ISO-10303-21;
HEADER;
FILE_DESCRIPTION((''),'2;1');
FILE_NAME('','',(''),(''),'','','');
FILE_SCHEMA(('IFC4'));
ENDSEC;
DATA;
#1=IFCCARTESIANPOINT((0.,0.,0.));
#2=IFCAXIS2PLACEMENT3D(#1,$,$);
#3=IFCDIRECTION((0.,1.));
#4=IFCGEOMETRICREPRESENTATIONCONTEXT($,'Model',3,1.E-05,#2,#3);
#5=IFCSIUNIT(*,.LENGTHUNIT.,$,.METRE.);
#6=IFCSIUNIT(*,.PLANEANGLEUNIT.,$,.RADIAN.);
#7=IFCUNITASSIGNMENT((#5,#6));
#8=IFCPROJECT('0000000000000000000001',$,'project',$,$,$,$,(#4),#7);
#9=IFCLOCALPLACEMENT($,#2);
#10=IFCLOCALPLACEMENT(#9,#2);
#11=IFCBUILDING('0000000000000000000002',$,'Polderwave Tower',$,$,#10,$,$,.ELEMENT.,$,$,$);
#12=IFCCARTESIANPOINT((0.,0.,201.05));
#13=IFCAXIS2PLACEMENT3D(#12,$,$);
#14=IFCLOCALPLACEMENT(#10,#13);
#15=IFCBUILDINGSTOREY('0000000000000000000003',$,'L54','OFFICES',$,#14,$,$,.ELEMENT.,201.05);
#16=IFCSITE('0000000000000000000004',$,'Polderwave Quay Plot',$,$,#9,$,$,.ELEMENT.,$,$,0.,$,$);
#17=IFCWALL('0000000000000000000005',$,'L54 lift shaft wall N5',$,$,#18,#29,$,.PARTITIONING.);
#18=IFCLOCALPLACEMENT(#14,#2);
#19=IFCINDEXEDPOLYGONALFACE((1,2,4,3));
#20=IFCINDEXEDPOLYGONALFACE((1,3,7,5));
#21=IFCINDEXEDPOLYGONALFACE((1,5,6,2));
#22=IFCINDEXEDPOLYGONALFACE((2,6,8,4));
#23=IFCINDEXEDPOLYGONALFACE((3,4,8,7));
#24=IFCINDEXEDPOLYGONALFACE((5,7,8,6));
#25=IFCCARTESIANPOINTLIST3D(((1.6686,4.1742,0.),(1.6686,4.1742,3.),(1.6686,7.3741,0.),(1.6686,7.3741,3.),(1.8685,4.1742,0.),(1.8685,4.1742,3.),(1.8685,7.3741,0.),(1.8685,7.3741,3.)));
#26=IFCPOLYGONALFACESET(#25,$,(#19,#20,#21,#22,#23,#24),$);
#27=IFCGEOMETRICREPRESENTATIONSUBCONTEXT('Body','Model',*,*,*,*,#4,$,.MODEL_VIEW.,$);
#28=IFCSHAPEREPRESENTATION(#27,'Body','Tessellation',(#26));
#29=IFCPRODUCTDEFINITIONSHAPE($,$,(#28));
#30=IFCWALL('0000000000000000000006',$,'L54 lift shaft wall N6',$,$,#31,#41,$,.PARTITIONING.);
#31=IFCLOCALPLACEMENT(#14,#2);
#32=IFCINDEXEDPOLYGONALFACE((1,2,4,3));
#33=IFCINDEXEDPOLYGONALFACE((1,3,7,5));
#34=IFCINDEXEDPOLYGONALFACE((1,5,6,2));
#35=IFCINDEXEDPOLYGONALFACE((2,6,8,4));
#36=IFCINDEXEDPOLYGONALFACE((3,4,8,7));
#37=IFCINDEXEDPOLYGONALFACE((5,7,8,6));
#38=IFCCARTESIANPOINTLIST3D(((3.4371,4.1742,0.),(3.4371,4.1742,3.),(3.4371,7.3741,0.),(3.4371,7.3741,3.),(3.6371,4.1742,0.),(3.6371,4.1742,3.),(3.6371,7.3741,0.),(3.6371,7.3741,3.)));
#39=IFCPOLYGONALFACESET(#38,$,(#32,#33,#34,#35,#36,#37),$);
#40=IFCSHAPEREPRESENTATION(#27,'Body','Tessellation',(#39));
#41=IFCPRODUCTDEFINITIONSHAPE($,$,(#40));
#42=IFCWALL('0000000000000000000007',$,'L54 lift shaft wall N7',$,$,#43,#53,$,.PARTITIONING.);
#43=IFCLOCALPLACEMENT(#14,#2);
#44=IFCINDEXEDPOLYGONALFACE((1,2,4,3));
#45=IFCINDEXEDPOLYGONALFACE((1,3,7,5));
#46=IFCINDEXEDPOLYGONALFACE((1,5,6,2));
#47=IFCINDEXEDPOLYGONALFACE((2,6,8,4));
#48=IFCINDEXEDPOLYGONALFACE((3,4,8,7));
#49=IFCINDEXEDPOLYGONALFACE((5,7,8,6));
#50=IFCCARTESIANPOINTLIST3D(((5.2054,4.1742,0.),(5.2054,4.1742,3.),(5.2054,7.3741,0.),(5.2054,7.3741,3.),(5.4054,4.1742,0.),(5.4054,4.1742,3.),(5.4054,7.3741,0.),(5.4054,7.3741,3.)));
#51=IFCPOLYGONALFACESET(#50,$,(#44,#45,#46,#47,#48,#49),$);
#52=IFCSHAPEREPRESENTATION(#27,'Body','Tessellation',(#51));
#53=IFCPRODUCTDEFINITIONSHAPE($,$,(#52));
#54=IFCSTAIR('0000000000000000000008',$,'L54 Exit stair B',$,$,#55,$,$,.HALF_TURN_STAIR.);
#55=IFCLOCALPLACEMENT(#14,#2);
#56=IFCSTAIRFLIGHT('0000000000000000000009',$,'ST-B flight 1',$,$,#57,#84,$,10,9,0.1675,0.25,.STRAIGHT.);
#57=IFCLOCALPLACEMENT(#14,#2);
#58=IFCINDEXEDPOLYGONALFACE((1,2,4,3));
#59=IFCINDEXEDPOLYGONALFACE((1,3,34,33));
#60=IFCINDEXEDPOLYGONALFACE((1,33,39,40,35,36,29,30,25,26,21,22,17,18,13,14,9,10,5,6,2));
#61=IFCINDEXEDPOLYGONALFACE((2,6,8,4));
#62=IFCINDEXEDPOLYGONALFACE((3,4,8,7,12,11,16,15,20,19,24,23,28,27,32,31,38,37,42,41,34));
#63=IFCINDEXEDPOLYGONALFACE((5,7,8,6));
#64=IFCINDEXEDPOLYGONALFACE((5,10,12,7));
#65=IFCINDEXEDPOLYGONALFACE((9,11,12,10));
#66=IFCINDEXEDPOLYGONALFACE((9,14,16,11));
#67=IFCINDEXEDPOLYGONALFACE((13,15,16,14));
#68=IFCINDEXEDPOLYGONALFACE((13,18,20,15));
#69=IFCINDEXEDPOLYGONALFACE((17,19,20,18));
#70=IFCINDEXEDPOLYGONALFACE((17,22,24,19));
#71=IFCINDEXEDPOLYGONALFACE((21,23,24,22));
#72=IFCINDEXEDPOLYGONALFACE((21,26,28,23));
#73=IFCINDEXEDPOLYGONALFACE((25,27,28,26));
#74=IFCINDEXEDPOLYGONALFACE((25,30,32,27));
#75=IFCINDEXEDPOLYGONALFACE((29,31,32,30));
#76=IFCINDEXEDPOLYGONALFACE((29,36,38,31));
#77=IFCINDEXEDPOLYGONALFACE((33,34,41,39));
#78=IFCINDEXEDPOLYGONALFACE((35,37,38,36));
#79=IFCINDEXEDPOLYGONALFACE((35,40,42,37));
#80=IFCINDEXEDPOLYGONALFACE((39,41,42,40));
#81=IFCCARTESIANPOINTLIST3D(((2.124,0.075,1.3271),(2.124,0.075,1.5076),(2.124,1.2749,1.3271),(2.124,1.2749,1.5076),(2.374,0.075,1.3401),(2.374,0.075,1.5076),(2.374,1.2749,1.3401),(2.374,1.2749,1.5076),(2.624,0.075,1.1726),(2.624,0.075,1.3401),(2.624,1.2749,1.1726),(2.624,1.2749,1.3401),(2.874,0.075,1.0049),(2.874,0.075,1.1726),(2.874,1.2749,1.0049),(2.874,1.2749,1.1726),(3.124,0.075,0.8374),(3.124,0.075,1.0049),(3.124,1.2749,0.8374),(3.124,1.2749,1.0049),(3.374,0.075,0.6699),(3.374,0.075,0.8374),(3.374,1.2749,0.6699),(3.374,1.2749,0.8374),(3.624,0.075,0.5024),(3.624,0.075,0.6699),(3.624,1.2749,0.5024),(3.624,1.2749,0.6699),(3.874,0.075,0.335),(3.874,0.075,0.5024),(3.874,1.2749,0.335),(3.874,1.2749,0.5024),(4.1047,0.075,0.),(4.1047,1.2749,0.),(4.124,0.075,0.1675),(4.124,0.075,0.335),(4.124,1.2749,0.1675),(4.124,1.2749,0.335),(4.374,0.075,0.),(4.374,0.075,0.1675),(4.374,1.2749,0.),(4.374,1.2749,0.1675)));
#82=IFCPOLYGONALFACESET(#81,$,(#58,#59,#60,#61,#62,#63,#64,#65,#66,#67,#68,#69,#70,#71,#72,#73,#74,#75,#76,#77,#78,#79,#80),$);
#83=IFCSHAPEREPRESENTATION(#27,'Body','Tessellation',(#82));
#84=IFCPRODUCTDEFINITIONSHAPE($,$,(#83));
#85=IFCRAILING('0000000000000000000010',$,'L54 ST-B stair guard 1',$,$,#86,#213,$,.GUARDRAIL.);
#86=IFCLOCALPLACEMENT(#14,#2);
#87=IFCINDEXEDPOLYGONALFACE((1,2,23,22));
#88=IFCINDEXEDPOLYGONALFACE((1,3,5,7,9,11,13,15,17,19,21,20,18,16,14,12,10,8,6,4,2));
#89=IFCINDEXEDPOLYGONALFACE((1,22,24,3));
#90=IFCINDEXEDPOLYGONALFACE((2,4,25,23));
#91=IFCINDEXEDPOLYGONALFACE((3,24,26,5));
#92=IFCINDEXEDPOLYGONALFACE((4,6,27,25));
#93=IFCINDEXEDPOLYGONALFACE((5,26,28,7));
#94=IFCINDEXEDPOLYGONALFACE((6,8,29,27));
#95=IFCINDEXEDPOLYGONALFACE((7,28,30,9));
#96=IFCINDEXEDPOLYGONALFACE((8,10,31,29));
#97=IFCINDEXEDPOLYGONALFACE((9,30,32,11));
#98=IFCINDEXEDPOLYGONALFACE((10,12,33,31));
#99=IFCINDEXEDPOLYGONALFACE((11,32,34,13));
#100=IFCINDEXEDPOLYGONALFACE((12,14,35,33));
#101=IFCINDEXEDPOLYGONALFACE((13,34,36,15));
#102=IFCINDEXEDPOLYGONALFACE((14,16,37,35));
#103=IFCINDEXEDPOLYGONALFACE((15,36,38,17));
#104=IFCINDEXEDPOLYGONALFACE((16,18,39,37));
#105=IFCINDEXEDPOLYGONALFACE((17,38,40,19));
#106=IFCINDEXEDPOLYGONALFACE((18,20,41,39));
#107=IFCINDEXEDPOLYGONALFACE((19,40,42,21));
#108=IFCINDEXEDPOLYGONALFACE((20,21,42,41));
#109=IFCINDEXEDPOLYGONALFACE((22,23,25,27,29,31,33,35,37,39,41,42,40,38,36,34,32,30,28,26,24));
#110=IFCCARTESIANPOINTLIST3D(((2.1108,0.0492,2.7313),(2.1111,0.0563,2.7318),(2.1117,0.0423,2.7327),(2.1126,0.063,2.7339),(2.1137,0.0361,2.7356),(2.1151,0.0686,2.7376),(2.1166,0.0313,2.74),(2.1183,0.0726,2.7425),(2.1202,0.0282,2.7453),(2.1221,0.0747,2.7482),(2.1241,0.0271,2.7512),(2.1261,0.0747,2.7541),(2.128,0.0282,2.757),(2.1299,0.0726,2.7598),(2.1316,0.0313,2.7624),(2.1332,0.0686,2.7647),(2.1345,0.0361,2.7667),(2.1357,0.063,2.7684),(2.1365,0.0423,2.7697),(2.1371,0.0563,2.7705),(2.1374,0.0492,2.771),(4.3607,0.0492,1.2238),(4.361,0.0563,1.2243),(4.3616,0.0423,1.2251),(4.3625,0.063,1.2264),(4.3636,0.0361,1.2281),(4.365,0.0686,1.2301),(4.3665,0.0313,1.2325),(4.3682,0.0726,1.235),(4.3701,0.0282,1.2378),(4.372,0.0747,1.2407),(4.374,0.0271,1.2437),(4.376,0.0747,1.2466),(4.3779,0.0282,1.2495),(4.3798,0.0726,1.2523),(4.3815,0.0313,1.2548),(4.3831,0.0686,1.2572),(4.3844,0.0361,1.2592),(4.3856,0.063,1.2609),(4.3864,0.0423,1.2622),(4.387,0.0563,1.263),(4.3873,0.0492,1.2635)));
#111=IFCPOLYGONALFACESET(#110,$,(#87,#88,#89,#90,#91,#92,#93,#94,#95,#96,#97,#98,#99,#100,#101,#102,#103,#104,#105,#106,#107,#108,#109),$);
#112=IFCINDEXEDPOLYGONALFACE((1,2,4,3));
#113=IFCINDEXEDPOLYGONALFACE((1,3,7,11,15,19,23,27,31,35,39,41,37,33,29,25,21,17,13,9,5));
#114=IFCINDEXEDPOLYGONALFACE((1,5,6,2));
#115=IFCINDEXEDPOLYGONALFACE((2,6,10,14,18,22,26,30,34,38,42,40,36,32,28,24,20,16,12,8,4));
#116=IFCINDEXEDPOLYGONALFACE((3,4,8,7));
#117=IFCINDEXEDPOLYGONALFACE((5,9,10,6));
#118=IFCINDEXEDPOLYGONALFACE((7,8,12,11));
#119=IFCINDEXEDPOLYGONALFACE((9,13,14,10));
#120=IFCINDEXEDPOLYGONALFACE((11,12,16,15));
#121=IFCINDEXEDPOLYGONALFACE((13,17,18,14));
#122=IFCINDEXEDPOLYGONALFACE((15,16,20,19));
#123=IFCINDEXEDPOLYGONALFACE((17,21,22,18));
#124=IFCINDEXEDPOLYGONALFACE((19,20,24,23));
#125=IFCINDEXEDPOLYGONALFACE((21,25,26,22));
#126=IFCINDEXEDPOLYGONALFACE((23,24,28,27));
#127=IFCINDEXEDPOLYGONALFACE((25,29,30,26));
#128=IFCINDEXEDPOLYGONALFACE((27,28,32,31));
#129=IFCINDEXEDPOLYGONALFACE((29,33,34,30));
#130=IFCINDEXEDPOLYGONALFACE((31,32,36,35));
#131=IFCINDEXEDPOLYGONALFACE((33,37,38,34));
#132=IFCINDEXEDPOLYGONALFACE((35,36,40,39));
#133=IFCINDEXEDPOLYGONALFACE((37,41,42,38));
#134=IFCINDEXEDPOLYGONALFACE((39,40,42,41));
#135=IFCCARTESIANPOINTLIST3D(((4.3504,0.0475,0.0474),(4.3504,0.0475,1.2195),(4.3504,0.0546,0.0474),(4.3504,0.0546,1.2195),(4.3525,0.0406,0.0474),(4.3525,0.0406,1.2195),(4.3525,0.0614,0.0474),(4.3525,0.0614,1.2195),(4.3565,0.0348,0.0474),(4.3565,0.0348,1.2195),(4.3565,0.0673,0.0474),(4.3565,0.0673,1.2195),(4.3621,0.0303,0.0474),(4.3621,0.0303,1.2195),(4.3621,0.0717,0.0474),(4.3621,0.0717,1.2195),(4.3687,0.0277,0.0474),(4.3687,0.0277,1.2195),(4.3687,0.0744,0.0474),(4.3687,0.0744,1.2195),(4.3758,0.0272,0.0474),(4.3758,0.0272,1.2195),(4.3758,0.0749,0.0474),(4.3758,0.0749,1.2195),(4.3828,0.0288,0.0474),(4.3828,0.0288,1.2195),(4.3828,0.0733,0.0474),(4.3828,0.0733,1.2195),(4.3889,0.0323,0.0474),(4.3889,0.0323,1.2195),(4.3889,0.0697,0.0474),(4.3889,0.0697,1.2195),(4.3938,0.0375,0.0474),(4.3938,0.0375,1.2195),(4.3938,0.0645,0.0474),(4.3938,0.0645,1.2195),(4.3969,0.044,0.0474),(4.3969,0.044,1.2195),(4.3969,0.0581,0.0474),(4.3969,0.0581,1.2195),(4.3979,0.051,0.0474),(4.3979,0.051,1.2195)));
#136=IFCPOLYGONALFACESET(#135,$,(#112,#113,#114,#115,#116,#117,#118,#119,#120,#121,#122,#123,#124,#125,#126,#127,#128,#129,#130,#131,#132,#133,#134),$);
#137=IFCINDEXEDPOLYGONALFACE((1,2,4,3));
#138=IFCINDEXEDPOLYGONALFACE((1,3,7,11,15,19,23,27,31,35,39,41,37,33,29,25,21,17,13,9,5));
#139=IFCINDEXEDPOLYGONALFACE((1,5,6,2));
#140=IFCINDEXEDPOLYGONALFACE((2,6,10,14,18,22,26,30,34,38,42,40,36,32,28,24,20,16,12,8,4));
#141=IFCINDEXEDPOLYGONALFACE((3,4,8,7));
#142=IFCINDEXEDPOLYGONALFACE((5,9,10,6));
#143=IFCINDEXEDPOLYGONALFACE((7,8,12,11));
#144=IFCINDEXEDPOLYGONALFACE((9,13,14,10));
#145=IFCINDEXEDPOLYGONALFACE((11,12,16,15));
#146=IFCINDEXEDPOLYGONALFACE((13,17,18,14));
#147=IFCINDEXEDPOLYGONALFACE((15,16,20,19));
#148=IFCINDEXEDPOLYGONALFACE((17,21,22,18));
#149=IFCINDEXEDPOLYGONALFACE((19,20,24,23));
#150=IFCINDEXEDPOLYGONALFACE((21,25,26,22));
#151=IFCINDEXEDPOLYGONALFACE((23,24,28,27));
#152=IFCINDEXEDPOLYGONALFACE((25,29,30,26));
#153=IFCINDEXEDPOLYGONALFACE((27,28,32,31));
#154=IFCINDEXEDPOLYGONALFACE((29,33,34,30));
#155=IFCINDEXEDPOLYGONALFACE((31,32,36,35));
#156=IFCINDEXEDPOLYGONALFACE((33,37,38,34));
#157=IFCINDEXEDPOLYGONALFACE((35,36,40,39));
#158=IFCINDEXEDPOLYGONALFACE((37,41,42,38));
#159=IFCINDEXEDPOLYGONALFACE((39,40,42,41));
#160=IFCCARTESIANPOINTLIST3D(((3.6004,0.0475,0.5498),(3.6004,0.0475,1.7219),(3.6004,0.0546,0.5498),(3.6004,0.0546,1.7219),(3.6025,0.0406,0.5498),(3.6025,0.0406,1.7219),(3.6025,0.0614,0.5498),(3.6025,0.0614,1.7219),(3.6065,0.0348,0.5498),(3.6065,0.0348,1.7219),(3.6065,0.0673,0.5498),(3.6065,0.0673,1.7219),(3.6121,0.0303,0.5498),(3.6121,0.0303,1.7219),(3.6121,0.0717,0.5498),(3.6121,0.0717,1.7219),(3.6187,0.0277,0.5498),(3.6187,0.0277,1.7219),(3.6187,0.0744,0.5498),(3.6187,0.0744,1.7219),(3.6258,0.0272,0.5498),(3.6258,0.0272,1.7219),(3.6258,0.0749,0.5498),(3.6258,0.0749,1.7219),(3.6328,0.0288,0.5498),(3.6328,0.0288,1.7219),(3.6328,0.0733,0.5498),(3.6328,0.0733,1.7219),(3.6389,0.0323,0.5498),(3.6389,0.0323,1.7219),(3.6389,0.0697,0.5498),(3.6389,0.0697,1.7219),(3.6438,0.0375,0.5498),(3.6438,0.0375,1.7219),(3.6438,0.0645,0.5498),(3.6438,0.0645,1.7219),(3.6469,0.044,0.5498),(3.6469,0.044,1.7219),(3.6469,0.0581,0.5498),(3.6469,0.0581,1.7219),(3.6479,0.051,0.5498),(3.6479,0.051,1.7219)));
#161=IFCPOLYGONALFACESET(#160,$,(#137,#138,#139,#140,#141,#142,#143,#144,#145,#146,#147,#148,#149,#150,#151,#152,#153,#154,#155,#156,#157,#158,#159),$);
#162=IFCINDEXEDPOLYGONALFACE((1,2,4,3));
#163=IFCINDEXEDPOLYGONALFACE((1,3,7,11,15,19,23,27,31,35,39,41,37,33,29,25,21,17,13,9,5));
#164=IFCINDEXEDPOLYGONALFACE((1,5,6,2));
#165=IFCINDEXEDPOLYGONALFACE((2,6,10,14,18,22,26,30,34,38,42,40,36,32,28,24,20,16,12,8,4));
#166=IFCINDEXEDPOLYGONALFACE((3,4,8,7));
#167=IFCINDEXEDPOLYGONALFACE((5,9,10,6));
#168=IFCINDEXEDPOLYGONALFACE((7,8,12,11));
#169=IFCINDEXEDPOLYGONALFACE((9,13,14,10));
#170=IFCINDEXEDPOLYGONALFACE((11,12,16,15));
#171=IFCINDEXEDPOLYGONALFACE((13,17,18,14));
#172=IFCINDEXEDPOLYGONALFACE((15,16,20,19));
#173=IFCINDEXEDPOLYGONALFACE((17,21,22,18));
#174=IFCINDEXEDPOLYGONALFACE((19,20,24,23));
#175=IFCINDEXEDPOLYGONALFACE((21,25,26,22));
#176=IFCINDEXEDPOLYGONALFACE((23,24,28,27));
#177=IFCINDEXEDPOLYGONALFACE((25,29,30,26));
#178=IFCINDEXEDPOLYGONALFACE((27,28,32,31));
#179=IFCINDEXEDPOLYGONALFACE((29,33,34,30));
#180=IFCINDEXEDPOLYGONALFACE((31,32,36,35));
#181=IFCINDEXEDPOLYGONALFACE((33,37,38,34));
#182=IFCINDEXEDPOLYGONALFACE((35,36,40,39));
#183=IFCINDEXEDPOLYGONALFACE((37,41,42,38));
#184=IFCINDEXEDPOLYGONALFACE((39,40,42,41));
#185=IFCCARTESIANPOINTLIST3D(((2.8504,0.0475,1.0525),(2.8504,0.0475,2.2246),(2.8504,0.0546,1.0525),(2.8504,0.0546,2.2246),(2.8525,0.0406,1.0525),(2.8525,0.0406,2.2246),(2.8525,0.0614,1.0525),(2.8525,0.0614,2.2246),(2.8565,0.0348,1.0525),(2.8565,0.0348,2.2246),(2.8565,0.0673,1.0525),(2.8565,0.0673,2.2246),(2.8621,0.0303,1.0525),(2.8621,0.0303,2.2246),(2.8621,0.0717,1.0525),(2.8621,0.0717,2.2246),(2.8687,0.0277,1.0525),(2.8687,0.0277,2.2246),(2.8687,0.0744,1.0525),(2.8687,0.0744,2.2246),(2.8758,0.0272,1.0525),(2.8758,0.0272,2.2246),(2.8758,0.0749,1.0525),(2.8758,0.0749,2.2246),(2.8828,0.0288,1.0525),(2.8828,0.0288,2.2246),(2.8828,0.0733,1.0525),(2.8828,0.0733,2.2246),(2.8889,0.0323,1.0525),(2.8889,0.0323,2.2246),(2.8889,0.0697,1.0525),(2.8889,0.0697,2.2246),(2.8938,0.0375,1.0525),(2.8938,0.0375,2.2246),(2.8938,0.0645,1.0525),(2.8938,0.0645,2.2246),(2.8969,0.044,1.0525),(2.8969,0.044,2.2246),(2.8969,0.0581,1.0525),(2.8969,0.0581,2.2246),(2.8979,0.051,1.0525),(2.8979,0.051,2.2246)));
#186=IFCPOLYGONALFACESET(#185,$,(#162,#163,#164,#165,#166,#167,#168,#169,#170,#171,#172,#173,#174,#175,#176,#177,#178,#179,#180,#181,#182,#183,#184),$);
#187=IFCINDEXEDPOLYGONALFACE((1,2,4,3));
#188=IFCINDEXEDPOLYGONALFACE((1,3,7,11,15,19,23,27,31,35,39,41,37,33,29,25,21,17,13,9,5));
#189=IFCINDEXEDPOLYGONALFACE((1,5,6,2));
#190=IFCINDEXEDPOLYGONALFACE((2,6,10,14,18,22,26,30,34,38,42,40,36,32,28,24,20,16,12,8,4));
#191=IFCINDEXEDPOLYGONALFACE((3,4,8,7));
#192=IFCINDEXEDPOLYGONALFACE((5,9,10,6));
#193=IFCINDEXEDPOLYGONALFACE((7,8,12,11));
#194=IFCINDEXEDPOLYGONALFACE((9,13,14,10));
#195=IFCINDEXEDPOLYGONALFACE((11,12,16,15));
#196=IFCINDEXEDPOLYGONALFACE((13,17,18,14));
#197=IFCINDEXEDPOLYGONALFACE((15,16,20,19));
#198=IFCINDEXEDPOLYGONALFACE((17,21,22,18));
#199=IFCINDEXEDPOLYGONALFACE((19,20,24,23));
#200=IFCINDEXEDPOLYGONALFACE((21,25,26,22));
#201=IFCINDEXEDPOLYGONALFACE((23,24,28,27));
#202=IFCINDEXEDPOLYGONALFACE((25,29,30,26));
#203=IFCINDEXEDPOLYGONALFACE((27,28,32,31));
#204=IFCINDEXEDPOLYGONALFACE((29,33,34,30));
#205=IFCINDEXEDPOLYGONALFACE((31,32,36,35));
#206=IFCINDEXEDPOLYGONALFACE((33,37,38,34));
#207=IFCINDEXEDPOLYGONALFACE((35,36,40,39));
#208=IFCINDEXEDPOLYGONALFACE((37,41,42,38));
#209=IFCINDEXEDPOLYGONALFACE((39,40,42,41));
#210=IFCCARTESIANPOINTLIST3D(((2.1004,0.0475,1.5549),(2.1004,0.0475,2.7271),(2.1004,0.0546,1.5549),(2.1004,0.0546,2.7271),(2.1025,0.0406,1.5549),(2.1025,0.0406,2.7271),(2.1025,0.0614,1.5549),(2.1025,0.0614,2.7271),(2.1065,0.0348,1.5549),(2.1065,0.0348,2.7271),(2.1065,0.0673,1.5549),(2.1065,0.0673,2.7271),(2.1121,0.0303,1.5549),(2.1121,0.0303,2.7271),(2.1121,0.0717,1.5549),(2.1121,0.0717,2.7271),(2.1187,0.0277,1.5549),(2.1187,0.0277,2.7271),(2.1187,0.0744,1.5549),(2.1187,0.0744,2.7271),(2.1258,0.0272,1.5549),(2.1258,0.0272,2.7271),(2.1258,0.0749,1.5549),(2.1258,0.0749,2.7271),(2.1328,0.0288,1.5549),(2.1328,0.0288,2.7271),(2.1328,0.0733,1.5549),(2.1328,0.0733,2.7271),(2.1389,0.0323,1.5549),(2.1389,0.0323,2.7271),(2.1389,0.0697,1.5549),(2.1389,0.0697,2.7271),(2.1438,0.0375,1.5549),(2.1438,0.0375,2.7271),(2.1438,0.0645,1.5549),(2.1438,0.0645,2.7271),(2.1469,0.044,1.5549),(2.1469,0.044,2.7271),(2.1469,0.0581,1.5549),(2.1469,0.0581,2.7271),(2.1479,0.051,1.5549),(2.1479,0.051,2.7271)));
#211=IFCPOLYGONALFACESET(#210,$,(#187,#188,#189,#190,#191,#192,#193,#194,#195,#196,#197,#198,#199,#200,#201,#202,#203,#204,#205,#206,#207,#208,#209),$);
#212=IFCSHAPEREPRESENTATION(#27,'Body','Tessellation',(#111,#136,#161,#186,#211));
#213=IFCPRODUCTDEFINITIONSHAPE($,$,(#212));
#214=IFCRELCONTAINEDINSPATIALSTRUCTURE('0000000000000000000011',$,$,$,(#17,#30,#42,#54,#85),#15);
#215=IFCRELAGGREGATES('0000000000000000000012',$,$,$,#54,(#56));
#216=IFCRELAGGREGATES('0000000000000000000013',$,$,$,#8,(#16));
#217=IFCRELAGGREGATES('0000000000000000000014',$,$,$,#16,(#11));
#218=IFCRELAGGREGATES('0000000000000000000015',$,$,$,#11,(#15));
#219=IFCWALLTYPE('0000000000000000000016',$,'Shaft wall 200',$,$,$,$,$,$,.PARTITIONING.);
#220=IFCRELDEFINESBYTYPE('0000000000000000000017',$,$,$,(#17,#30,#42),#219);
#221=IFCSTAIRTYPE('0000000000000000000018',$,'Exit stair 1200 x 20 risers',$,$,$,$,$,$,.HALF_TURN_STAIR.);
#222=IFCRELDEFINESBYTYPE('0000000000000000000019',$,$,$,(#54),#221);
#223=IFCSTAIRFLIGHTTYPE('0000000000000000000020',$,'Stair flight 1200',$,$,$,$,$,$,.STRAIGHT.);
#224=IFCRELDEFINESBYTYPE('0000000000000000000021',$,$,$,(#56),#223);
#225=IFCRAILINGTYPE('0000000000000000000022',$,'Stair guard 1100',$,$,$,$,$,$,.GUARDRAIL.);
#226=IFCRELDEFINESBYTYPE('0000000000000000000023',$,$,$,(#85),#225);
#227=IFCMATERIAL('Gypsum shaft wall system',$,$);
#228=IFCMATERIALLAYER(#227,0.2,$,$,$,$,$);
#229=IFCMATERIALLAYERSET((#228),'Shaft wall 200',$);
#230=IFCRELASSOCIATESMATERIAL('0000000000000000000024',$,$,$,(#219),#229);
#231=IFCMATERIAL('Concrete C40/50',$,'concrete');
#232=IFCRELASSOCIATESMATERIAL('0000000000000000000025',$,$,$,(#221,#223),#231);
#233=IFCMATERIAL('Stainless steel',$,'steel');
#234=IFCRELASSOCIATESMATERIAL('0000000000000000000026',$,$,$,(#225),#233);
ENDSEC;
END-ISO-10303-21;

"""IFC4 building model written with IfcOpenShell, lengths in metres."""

from ifc_helpers import new_model, si_unit, direction, frame, frame_2d, origin, origin_2d, place, context, subcontext, project, spatial, polyline, rectangle, circle, outline, extrude, material, layer, layer_set, type_object, element, aggregate, save


model = new_model("IFC4")

# Units and contexts
model_context = context("Model", 3, precision=1e-05, world=origin(), true_north=direction((0.0, 1.0)))
body_context = subcontext(model_context, "Body", "Model", "MODEL_VIEW")
ifc_project = project(units=[si_unit("LENGTHUNIT", "METRE"), si_unit("PLANEANGLEUNIT", "RADIAN")], contexts=[model_context])

# Site, building, storey
site_placement = place(None, origin())
site = spatial("IfcSite", under=ifc_project, at=site_placement, Name="Polderwave Quay Plot", CompositionType="ELEMENT", RefElevation=0.0)
building_placement = place(site_placement, origin())
building = spatial("IfcBuilding", under=site, at=building_placement, Name="Polderwave Tower", CompositionType="ELEMENT")
storey_placement = place(building_placement, frame((0.0, 0.0, 201.05)))
storey = spatial("IfcBuildingStorey", under=building, at=storey_placement, Name="L54", Description="OFFICES", CompositionType="ELEMENT", Elevation=201.05)

# Walls
ifc_material_1 = material(Name="Gypsum shaft wall system")
ifc_layer_1 = layer(ifc_material_1, 0.2)
ifc_layer_set_1 = layer_set([ifc_layer_1], Name="Shaft wall 200")
wall_type_1 = type_object("IfcWallType", Name="Shaft wall 200", PredefinedType="PARTITIONING", material=ifc_layer_set_1)
for number, where, z_axis, x_axis, name in (
    (1, (1.7686, 4.1741, 0.0), (0.0, 0.0, 1.0), (0.0, 1.0, 0.0), "L54 lift shaft wall N5"),
    (2, (3.5371, 4.1741, 0.0), (0.0, 0.0, 1.0), (0.0, 1.0, 0.0), "L54 lift shaft wall N6"),
    (3, (5.3054, 4.1741, 0.0), (0.0, 0.0, 1.0), (0.0, 1.0, 0.0), "L54 lift shaft wall N7"),
):
    element("IfcWall", number, at=place(storey_placement, frame(where, z_axis=z_axis, x_axis=x_axis)), inside=storey, type_object=wall_type_1, Name=name, PredefinedType="PARTITIONING", context=body_context, shape_type="SweptSolid", body=[
        extrude(rectangle(XDim=3.2, YDim=0.2, at=frame_2d((1.6001, 0.0))), origin(), (0.0, 0.0, 1.0), 3.0),
    ])

# Stair, stair flight
ifc_material_2 = material(Name="Concrete C40/50", Category="concrete")
stair_type = type_object("IfcStairType", Name="Exit stair 1200 x 20 risers", PredefinedType="HALF_TURN_STAIR", material=ifc_material_2)
stair_placement = place(storey_placement, origin())
stair = element("IfcStair", 4, at=stair_placement, inside=storey, type_object=stair_type, Name="L54 Exit stair B", PredefinedType="HALF_TURN_STAIR")
stair_flight_type = type_object("IfcStairFlightType", Name="Stair flight 1200", PredefinedType="STRAIGHT", material=ifc_material_2)
stair_flight_placement = place(storey_placement, frame((4.374, 0.675, 0.0), z_axis=(0.0, 0.0, 1.0), x_axis=(-1.0, 0.0, 0.0)))
stair_flight = element("IfcStairFlight", 5, at=stair_flight_placement, type_object=stair_flight_type, Name="ST-B flight 1", NumberOfRisers=10, NumberOfTreads=9, PredefinedType="STRAIGHT", RiserHeight=0.1675, TreadLength=0.25, context=body_context, shape_type="SweptSolid", body=[
    extrude(outline(polyline([(0.0, 0.0), (0.0, 0.1675), (0.25, 0.1675), (0.25, 0.335), (0.5, 0.335), (0.5, 0.5024), (0.75, 0.5024), (0.75, 0.6699), (1.0, 0.6699), (1.0, 0.8374), (1.25, 0.8374), (1.25, 1.0049), (1.5, 1.0049), (1.5, 1.1726), (1.75, 1.1726), (1.75, 1.3401), (2.0, 1.3401), (2.0, 1.5076), (2.25, 1.5076), (2.25, 1.675), (2.25, 1.3271), (0.2693, 0.0), (0.0, 0.0)])), frame((0.0, 0.6001, 0.0), z_axis=(0.0, -1.0, 0.0), x_axis=(1.0, 0.0, 0.0)), (0.0, 0.0, 1.0), 1.2),
])
aggregate(stair, [stair_flight])

# Railing
ifc_material_3 = material(Name="Stainless steel", Category="steel")
railing_type_1 = type_object("IfcRailingType", Name="Stair guard 1100", PredefinedType="GUARDRAIL", material=ifc_material_3)
railing_1_placement = place(storey_placement, frame((4.374, 0.051, 0.0474)))
element("IfcRailing", 6, at=railing_1_placement, inside=storey, type_object=railing_type_1, Name="L54 ST-B stair guard 1", PredefinedType="GUARDRAIL", context=body_context, shape_type="SweptSolid", body=[
    extrude(circle(Radius=0.0239, at=origin_2d()), frame((0.0, 0.0, 1.1963), z_axis=(-0.830758, 0.0, 0.556633), x_axis=(0.0, -1.0, 0.0)), (0.0, 0.0, 1.0), 2.7083),
    extrude(circle(Radius=0.0239, at=origin_2d()), origin(), (0.0, 0.0, 1.0), 1.1721),
    extrude(circle(Radius=0.0239, at=origin_2d()), frame((-0.75, 0.0, 0.5024)), (0.0, 0.0, 1.0), 1.1721),
    extrude(circle(Radius=0.0239, at=origin_2d()), frame((-1.5, 0.0, 1.0051)), (0.0, 0.0, 1.0), 1.1721),
    extrude(circle(Radius=0.0239, at=origin_2d()), frame((-2.25, 0.0, 1.5076)), (0.0, 0.0, 1.0), 1.1721),
])

save(model, "model.ifc")
